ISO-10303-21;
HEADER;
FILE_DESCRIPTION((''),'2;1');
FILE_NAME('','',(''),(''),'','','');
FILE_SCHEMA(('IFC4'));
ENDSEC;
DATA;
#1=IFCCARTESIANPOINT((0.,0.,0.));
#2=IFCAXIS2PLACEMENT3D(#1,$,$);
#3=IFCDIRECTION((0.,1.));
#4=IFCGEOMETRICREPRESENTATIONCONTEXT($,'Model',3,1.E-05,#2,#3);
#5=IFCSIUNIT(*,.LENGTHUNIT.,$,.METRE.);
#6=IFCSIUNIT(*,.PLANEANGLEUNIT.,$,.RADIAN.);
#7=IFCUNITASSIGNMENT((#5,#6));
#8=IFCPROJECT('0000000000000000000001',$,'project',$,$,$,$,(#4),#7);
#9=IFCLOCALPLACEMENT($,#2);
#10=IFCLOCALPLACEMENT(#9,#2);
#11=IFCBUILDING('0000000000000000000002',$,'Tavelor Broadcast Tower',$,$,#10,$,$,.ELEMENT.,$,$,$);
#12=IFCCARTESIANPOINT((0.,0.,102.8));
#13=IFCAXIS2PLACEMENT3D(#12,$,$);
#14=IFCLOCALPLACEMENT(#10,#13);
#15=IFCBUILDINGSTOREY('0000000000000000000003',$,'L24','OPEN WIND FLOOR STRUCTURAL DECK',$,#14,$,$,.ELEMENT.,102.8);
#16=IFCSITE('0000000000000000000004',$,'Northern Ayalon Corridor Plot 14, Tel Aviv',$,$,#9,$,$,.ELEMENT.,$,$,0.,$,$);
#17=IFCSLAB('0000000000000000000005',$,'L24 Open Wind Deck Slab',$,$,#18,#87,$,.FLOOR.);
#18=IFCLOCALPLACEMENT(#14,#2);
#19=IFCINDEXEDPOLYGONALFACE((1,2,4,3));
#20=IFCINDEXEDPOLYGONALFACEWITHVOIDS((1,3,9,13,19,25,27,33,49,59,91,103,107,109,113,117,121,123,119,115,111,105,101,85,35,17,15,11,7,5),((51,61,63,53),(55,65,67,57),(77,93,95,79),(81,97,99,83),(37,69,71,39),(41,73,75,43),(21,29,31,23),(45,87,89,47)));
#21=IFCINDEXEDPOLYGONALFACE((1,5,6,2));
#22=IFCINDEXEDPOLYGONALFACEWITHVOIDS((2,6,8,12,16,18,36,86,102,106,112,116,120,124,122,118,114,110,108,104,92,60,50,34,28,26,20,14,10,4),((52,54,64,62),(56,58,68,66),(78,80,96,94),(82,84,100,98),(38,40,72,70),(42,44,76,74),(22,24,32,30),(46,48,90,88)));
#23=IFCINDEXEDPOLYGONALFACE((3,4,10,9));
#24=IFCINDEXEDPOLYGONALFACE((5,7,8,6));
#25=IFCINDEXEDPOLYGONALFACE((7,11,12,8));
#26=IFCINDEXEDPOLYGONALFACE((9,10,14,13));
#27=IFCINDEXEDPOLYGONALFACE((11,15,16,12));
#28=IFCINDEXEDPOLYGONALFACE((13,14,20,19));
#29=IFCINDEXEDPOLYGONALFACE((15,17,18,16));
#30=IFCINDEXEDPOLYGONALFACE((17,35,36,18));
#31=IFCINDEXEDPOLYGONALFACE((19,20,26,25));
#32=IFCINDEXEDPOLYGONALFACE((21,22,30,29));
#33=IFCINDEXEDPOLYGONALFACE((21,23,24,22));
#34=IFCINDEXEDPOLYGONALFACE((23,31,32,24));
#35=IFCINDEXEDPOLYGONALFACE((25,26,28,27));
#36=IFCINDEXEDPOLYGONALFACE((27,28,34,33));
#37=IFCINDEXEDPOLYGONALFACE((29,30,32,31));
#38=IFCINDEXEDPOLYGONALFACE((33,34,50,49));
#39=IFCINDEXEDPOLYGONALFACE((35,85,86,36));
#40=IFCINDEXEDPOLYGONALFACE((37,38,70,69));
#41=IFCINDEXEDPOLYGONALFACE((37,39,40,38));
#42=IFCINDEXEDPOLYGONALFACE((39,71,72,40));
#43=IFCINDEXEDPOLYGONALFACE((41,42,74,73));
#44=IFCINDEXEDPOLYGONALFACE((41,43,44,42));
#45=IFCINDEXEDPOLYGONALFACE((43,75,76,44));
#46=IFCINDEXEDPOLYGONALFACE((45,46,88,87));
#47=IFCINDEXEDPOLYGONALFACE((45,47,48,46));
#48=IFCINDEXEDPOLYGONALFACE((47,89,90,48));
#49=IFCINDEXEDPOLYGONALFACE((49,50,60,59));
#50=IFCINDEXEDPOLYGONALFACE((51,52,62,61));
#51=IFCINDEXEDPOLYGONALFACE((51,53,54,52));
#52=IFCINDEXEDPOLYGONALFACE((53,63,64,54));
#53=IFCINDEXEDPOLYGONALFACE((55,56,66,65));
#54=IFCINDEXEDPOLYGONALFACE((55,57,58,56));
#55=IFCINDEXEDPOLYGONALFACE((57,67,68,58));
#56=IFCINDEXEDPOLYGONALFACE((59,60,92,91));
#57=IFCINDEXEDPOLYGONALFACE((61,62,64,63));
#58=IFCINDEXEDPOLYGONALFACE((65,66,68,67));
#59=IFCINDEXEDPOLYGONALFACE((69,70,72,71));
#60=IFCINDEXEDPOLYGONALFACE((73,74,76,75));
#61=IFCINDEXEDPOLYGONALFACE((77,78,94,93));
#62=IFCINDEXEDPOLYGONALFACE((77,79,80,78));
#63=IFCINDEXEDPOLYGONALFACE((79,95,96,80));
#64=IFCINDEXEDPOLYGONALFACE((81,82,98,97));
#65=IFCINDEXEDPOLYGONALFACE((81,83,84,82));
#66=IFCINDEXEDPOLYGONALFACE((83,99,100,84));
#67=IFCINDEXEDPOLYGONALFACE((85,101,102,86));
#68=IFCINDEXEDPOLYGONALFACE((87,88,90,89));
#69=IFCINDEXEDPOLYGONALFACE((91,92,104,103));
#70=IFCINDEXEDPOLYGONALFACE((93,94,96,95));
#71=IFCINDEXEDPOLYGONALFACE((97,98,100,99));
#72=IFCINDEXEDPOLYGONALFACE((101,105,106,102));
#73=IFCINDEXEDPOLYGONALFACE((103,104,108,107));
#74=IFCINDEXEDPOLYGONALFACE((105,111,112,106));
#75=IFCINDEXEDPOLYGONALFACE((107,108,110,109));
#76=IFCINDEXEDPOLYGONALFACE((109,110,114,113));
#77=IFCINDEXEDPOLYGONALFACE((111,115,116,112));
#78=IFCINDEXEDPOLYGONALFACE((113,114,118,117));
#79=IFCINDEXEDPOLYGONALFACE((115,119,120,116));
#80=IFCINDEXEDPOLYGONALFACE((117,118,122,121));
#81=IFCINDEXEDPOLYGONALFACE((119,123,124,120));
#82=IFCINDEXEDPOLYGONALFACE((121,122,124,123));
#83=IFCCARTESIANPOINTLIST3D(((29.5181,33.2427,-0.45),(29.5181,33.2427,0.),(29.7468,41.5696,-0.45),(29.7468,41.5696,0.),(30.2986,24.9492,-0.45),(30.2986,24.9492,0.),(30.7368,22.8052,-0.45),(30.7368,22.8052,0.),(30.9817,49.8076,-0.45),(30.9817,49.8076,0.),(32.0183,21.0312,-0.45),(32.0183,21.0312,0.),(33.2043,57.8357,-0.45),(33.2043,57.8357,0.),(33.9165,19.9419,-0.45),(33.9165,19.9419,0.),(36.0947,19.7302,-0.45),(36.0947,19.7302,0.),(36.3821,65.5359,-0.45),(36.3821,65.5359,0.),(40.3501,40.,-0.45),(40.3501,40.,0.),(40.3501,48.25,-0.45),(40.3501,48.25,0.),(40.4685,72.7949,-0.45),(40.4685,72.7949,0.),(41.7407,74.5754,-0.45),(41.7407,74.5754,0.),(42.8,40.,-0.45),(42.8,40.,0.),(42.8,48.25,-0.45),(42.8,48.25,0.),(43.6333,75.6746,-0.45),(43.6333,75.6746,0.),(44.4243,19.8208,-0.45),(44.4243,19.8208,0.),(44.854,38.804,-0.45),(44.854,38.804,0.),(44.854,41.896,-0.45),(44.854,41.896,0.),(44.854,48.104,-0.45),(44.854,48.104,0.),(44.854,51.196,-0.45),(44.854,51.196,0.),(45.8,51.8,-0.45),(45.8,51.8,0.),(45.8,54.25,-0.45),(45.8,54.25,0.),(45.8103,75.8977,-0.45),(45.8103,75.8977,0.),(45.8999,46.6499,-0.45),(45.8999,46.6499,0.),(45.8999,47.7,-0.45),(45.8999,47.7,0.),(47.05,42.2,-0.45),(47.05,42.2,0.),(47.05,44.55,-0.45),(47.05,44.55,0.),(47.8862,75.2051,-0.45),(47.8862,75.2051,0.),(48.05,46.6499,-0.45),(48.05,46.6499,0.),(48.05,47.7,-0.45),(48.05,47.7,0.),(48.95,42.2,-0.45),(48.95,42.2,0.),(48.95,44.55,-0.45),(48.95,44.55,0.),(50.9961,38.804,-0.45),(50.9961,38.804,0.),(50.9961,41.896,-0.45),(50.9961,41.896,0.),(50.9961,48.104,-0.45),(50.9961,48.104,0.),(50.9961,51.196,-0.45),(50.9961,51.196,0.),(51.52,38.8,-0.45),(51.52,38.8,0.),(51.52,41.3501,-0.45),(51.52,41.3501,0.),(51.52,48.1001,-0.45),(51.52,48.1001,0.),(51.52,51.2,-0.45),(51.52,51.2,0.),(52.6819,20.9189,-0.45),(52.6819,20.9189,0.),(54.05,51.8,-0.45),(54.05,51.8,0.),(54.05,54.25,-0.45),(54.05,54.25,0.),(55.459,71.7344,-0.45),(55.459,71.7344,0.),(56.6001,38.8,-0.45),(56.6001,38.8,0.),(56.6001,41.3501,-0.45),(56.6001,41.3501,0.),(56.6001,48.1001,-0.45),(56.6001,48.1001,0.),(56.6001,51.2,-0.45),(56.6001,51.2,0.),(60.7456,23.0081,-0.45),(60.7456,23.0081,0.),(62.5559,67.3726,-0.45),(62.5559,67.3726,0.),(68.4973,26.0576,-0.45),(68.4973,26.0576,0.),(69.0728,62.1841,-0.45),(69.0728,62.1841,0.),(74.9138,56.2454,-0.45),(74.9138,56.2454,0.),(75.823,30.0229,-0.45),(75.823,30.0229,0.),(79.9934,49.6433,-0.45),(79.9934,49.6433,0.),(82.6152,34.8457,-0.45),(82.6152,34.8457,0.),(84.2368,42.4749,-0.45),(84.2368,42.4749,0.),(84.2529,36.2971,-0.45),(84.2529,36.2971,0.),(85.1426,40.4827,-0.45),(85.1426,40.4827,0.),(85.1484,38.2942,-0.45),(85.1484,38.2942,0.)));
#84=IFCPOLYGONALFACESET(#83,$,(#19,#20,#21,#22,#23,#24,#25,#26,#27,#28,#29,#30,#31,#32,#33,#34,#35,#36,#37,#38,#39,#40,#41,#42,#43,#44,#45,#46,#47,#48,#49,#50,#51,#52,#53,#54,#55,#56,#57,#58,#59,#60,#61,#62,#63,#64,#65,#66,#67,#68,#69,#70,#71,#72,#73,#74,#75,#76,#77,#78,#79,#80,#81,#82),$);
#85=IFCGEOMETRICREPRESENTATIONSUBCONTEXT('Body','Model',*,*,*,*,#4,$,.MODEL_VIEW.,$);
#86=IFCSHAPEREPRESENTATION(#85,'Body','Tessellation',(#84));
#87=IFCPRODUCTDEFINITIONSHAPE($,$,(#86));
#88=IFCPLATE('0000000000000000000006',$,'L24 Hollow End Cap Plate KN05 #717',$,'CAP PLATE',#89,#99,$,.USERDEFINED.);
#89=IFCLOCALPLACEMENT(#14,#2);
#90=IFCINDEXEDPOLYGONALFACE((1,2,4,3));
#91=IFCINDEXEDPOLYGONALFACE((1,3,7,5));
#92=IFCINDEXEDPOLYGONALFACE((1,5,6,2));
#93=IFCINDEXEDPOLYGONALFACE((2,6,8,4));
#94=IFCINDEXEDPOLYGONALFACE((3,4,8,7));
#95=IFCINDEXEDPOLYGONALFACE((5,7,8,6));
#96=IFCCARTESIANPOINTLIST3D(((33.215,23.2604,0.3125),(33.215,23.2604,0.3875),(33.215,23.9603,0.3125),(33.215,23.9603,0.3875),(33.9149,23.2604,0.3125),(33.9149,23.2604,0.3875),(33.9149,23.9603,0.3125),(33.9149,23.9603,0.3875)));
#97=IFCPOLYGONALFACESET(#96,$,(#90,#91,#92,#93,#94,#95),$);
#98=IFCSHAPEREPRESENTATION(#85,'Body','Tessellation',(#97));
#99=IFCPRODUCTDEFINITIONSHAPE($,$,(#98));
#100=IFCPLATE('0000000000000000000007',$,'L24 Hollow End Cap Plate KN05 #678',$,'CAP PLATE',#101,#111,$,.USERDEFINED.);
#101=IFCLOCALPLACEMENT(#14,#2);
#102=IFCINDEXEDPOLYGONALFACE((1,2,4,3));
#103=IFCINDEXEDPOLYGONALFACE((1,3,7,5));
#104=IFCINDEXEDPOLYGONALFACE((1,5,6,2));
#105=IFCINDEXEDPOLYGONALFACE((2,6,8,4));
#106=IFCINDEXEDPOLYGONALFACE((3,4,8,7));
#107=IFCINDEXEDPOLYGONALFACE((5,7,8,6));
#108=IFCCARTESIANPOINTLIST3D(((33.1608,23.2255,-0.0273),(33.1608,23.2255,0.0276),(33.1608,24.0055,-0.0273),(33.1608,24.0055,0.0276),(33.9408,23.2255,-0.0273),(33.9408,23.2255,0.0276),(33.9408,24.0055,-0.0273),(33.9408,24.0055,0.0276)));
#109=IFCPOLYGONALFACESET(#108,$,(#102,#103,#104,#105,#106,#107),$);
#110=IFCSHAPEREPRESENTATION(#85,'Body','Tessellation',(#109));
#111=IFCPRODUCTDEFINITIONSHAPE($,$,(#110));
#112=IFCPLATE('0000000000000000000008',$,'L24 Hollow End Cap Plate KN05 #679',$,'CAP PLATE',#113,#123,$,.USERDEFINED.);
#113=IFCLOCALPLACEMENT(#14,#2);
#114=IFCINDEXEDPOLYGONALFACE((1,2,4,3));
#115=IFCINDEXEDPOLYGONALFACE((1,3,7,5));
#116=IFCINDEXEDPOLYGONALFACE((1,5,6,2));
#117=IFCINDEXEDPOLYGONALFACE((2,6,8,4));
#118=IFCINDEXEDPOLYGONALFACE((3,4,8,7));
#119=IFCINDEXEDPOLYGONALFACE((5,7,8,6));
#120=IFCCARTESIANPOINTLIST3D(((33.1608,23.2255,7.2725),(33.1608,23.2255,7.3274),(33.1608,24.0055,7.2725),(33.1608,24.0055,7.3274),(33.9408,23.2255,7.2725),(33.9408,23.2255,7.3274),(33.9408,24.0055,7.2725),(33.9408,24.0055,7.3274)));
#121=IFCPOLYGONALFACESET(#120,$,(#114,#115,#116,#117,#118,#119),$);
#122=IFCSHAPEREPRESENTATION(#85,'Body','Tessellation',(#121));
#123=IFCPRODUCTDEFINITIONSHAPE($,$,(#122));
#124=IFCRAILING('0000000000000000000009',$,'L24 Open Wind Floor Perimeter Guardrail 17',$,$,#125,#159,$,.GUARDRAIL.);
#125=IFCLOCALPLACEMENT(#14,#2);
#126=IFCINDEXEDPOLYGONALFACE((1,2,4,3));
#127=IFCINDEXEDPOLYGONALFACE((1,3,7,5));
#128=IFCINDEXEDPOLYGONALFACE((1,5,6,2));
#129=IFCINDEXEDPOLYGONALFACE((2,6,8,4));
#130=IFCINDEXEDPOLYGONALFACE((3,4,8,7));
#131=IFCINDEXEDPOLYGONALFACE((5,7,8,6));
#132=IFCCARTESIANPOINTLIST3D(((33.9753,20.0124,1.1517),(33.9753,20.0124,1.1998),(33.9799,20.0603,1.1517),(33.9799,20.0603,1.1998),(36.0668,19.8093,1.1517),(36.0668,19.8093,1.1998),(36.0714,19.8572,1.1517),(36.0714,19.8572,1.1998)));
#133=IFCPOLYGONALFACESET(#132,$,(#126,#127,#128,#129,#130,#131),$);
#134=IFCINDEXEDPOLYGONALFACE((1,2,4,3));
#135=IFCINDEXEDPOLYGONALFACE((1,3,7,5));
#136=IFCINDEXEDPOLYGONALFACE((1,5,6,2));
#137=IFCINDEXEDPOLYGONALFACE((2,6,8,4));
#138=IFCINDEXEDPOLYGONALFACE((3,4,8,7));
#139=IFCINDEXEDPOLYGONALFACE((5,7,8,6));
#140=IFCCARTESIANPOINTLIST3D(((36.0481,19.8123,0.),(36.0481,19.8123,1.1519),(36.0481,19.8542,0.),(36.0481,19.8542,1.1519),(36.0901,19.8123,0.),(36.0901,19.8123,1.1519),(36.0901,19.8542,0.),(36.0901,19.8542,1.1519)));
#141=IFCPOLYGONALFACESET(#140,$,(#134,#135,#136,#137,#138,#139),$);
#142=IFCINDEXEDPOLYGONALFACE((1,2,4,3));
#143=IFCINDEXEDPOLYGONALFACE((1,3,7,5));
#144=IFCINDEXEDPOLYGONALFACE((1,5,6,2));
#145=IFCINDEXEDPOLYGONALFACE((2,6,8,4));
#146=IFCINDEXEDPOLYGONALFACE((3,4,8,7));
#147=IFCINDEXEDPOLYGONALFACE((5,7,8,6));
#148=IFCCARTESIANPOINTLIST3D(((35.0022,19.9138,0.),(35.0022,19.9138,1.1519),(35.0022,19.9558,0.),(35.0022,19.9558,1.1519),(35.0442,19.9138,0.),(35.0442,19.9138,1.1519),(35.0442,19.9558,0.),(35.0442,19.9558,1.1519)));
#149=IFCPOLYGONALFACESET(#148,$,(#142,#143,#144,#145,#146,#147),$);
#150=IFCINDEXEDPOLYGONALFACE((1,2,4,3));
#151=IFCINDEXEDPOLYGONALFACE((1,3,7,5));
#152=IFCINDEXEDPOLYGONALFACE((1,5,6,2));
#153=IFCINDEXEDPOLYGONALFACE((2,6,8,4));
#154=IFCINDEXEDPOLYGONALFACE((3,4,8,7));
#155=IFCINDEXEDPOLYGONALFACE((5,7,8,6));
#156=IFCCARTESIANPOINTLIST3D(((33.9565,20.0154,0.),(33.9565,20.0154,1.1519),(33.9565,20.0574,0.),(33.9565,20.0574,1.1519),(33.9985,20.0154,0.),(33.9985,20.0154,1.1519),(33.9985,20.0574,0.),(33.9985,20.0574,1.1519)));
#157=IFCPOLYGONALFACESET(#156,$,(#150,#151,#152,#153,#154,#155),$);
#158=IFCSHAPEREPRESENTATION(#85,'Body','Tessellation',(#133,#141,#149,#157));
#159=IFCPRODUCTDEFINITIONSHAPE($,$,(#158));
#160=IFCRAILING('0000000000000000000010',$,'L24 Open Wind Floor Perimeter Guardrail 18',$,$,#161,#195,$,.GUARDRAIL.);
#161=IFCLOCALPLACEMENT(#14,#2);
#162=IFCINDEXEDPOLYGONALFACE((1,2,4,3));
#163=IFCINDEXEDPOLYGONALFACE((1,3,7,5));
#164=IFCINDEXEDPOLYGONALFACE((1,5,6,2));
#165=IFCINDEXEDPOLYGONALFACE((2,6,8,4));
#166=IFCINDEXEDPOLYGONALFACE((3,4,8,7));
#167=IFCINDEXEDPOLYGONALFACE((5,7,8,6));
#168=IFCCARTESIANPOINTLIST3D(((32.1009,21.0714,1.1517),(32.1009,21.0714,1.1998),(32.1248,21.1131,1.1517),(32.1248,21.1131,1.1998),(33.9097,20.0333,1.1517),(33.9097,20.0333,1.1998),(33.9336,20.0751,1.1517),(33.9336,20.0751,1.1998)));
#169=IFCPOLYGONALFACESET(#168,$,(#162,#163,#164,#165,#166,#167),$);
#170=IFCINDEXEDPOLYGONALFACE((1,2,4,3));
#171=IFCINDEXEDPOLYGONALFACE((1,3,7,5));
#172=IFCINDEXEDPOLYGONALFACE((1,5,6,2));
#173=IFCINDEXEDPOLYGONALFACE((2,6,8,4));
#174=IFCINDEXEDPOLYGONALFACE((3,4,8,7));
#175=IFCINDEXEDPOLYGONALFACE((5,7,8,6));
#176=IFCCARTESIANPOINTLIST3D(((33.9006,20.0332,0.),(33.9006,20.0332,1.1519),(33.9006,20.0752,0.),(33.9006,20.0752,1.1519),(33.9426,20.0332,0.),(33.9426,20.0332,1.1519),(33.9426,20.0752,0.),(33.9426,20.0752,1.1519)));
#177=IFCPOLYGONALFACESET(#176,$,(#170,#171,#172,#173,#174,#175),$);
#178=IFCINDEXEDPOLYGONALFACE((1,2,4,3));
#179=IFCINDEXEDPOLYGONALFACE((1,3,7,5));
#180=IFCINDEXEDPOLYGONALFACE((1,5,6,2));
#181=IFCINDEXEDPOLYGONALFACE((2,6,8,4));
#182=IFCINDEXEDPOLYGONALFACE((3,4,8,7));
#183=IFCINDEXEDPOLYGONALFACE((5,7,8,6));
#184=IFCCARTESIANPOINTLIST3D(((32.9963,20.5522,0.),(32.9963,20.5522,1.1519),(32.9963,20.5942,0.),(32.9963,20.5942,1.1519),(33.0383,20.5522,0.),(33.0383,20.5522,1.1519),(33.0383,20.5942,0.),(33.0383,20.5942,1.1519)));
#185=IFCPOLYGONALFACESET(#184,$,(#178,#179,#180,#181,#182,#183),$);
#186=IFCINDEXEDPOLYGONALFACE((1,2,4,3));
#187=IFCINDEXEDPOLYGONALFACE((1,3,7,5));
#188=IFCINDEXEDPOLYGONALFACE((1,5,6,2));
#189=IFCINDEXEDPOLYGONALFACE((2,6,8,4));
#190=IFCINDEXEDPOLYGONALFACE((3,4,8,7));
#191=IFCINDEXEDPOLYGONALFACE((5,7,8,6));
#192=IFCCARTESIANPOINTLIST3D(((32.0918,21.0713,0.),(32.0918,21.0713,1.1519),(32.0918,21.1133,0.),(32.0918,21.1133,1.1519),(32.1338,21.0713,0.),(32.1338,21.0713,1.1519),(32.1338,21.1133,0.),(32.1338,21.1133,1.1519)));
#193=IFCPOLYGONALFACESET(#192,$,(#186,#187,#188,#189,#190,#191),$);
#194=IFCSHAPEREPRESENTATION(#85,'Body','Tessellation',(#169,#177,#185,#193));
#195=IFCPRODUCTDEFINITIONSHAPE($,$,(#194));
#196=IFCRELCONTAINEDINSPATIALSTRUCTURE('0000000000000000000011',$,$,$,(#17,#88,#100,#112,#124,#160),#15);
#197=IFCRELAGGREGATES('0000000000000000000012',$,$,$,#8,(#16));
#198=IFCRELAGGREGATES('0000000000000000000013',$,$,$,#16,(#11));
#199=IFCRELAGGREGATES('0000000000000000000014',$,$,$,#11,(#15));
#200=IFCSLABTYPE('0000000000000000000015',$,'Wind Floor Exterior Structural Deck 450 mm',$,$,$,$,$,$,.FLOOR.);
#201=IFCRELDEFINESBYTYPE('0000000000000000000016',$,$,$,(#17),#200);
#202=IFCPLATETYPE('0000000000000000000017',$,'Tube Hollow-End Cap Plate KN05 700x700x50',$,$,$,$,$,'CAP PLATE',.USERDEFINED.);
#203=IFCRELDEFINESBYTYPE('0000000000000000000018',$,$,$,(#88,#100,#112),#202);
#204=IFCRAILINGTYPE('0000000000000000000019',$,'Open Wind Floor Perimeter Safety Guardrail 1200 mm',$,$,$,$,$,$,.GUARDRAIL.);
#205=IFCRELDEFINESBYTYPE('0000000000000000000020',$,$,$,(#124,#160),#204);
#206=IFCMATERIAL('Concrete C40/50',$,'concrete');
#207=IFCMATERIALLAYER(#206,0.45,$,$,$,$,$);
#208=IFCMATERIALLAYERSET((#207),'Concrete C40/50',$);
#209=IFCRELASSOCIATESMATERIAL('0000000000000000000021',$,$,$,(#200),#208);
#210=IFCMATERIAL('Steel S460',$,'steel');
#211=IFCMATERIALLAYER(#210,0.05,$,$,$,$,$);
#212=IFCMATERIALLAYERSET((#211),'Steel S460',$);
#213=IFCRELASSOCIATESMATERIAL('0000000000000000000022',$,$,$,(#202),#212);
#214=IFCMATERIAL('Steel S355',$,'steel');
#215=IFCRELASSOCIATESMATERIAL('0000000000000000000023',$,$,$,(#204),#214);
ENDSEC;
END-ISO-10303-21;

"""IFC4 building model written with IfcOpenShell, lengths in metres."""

from ifc_helpers import new_model, si_unit, direction, frame, origin, origin_2d, place, context, subcontext, project, spatial, polyline, rectangle, outline, extrude, source, transform, mapped, material, layer, layer_set, type_object, type_shapes, element, save


model = new_model("IFC4")

# Units and contexts
model_context = context("Model", 3, precision=1e-05, world=origin(), true_north=direction((0.0, 1.0)))
body_context = subcontext(model_context, "Body", "Model", "MODEL_VIEW")
ifc_project = project(units=[si_unit("LENGTHUNIT", "METRE"), si_unit("PLANEANGLEUNIT", "RADIAN")], contexts=[model_context])

# Site, building, storey
site_placement = place(None, origin())
site = spatial("IfcSite", under=ifc_project, at=site_placement, Name="Northern Ayalon Corridor Plot 14, Tel Aviv", CompositionType="ELEMENT", RefElevation=0.0)
building_placement = place(site_placement, origin())
building = spatial("IfcBuilding", under=site, at=building_placement, Name="Tavelor Broadcast Tower", CompositionType="ELEMENT")
storey_placement = place(building_placement, frame((0.0, 0.0, 102.8)))
storey = spatial("IfcBuildingStorey", under=building, at=storey_placement, Name="L24", Description="OPEN WIND FLOOR STRUCTURAL DECK", CompositionType="ELEMENT", Elevation=102.8)

# Shared definitions
ifc_material_1 = material(Name="Steel S460", Category="steel")

# Shared definitions
ifc_material_2 = material(Name="Concrete C40/50", Category="concrete")

# Slab
ifc_layer_1 = layer(ifc_material_2, 0.45)
ifc_layer_set_1 = layer_set([ifc_layer_1], Name="Concrete C40/50")
slab_type_1 = type_object("IfcSlabType", Name="Wind Floor Exterior Structural Deck 450 mm", PredefinedType="FLOOR", material=ifc_layer_set_1)
slab_1_placement = place(storey_placement, frame((0.0, 0.0, -0.45)))
element("IfcSlab", 1, at=slab_1_placement, inside=storey, type_object=slab_type_1, Name="L24 Open Wind Deck Slab", PredefinedType="FLOOR", context=body_context, shape_type="SweptSolid", body=[
    extrude(outline(polyline([(47.8862, 75.2051), (45.8103, 75.8977), (43.6333, 75.6746), (41.7407, 74.5754), (40.4685, 72.7949), (36.3821, 65.5359), (33.2043, 57.8357), (30.9817, 49.8076), (29.7468, 41.5696), (29.5181, 33.2427), (30.2986, 24.9492), (30.7368, 22.8052), (32.0183, 21.0312), (33.9165, 19.9419), (36.0947, 19.7302), (44.4243, 19.8208), (52.6819, 20.9189), (60.7456, 23.0081), (68.4973, 26.0576), (75.823, 30.0229), (82.6152, 34.8457), (84.2529, 36.2971), (85.1484, 38.2942), (85.1426, 40.4827), (84.2368, 42.4749), (79.9934, 49.6433), (74.9138, 56.2454), (69.0728, 62.1841), (62.5559, 67.3726), (55.459, 71.7344), (47.8862, 75.2051)]), holes=[polyline([(56.6001, 38.8), (51.52, 38.8), (51.52, 41.3501), (56.6001, 41.3501), (56.6001, 38.8)]), polyline([(50.9961, 38.804), (44.854, 38.804), (44.854, 41.896), (50.9961, 41.896), (50.9961, 38.804)]), polyline([(47.05, 42.2), (47.05, 44.55), (48.95, 44.55), (48.95, 42.2), (47.05, 42.2)]), polyline([(40.3501, 40.0), (40.3501, 48.25), (42.8, 48.25), (42.8, 40.0), (40.3501, 40.0)]), polyline([(48.05, 46.6499), (45.8999, 46.6499), (45.8999, 47.7), (48.05, 47.7), (48.05, 46.6499)]), polyline([(50.9961, 48.104), (44.854, 48.104), (44.854, 51.196), (50.9961, 51.196), (50.9961, 48.104)]), polyline([(56.6001, 48.1001), (51.52, 48.1001), (51.52, 51.2), (56.6001, 51.2), (56.6001, 48.1001)]), polyline([(54.05, 51.8), (45.8, 51.8), (45.8, 54.25), (54.05, 54.25), (54.05, 51.8)])]), origin(), (0.0, 0.0, 1.0), 0.45),
])

# Plates
ifc_layer_2 = layer(ifc_material_1, 0.05)
ifc_layer_set_2 = layer_set([ifc_layer_2], Name="Steel S460")
plate_type = type_object("IfcPlateType", Name="Tube Hollow-End Cap Plate KN05 700x700x50", ElementType="CAP PLATE", PredefinedType="USERDEFINED", material=ifc_layer_set_2)
shared_shape_1 = source(origin(), body_context, "Body", "SweptSolid", [
    extrude(rectangle(XDim=0.7, YDim=0.7, at=origin_2d()), origin(), (0.0, 0.0, 1.0), 0.075),
])
plate_placement = place(storey_placement, frame((33.5649, 23.6104, 0.3125), z_axis=(0.0, 0.0, 1.0), x_axis=(1.0, 0.0, 0.0)))
element("IfcPlate", 2, at=plate_placement, inside=storey, type_object=plate_type, Name="L24 Hollow End Cap Plate KN05 #717", ObjectType="CAP PLATE", PredefinedType="USERDEFINED", context=body_context, shape_type="MappedRepresentation", body=[
    mapped(shared_shape_1, transform((0.0, 0.0, 0.0), scale=1.0)),
])
shared_shape_2 = source(origin(), body_context, "Body", "SweptSolid", [
    extrude(rectangle(XDim=0.78, YDim=0.78, at=origin_2d()), origin(), (0.0, 0.0, 1.0), 0.0549),
])
type_shapes(plate_type, [shared_shape_1, shared_shape_2])
for number, where, z_axis, x_axis, name in (
    (3, (33.5508, 23.6155, -0.0273), (0.0, 0.0, 1.0), (1.0, 0.0, 0.0), "L24 Hollow End Cap Plate KN05 #678"),
    (4, (33.5508, 23.6155, 7.2725), (0.0, 0.0, 1.0), (1.0, 0.0, 0.0), "L24 Hollow End Cap Plate KN05 #679"),
):
    element("IfcPlate", number, at=place(storey_placement, frame(where, z_axis=z_axis, x_axis=x_axis)), inside=storey, type_object=plate_type, Name=name, ObjectType="CAP PLATE", PredefinedType="USERDEFINED", context=body_context, shape_type="MappedRepresentation", body=[
        mapped(shared_shape_2, transform((0.0, 0.0, 0.0), scale=1.0)),
    ])

# Railings
ifc_material_3 = material(Name="Steel S355", Category="steel")
railing_type = type_object("IfcRailingType", Name="Open Wind Floor Perimeter Safety Guardrail 1200 mm", PredefinedType="GUARDRAIL", material=ifc_material_3)
railing_1_placement = place(storey_placement, frame((36.0691, 19.8333, 0.0)))
element("IfcRailing", 5, at=railing_1_placement, inside=storey, type_object=railing_type, Name="L24 Open Wind Floor Perimeter Guardrail 17", PredefinedType="GUARDRAIL", context=body_context, shape_type="SweptSolid", body=[
    extrude(rectangle(XDim=0.0481, YDim=0.0481, at=origin_2d()), frame((0.0, 0.0, 1.1758), z_axis=(-0.995317, 0.096662, 0.0), x_axis=(-0.096662, -0.995317, 0.0)), (0.0, 0.0, 1.0), 2.1013),
    extrude(rectangle(XDim=0.042, YDim=0.042, at=origin_2d()), origin(), (0.0, 0.0, 1.0), 1.1519),
    extrude(rectangle(XDim=0.042, YDim=0.042, at=origin_2d()), frame((-1.0459, 0.1016, 0.0)), (0.0, 0.0, 1.0), 1.1519),
    extrude(rectangle(XDim=0.042, YDim=0.042, at=origin_2d()), frame((-2.0916, 0.2031, 0.0)), (0.0, 0.0, 1.0), 1.1519),
])
railing_2_placement = place(storey_placement, frame((33.9216, 20.0542, 0.0)))
element("IfcRailing", 6, at=railing_2_placement, inside=storey, type_object=railing_type, Name="L24 Open Wind Floor Perimeter Guardrail 18", PredefinedType="GUARDRAIL", context=body_context, shape_type="SweptSolid", body=[
    extrude(rectangle(XDim=0.0481, YDim=0.0481, at=origin_2d()), frame((0.0, 0.0, 1.1758), z_axis=(-0.86732, 0.497752, 0.0), x_axis=(-0.497752, -0.86732, 0.0)), (0.0, 0.0, 1.0), 2.0854),
    extrude(rectangle(XDim=0.042, YDim=0.042, at=origin_2d()), origin(), (0.0, 0.0, 1.0), 1.1519),
    extrude(rectangle(XDim=0.042, YDim=0.042, at=origin_2d()), frame((-0.9043, 0.519, 0.0)), (0.0, 0.0, 1.0), 1.1519),
    extrude(rectangle(XDim=0.042, YDim=0.042, at=origin_2d()), frame((-1.8088, 1.0381, 0.0)), (0.0, 0.0, 1.0), 1.1519),
])

save(model, "model.ifc")
